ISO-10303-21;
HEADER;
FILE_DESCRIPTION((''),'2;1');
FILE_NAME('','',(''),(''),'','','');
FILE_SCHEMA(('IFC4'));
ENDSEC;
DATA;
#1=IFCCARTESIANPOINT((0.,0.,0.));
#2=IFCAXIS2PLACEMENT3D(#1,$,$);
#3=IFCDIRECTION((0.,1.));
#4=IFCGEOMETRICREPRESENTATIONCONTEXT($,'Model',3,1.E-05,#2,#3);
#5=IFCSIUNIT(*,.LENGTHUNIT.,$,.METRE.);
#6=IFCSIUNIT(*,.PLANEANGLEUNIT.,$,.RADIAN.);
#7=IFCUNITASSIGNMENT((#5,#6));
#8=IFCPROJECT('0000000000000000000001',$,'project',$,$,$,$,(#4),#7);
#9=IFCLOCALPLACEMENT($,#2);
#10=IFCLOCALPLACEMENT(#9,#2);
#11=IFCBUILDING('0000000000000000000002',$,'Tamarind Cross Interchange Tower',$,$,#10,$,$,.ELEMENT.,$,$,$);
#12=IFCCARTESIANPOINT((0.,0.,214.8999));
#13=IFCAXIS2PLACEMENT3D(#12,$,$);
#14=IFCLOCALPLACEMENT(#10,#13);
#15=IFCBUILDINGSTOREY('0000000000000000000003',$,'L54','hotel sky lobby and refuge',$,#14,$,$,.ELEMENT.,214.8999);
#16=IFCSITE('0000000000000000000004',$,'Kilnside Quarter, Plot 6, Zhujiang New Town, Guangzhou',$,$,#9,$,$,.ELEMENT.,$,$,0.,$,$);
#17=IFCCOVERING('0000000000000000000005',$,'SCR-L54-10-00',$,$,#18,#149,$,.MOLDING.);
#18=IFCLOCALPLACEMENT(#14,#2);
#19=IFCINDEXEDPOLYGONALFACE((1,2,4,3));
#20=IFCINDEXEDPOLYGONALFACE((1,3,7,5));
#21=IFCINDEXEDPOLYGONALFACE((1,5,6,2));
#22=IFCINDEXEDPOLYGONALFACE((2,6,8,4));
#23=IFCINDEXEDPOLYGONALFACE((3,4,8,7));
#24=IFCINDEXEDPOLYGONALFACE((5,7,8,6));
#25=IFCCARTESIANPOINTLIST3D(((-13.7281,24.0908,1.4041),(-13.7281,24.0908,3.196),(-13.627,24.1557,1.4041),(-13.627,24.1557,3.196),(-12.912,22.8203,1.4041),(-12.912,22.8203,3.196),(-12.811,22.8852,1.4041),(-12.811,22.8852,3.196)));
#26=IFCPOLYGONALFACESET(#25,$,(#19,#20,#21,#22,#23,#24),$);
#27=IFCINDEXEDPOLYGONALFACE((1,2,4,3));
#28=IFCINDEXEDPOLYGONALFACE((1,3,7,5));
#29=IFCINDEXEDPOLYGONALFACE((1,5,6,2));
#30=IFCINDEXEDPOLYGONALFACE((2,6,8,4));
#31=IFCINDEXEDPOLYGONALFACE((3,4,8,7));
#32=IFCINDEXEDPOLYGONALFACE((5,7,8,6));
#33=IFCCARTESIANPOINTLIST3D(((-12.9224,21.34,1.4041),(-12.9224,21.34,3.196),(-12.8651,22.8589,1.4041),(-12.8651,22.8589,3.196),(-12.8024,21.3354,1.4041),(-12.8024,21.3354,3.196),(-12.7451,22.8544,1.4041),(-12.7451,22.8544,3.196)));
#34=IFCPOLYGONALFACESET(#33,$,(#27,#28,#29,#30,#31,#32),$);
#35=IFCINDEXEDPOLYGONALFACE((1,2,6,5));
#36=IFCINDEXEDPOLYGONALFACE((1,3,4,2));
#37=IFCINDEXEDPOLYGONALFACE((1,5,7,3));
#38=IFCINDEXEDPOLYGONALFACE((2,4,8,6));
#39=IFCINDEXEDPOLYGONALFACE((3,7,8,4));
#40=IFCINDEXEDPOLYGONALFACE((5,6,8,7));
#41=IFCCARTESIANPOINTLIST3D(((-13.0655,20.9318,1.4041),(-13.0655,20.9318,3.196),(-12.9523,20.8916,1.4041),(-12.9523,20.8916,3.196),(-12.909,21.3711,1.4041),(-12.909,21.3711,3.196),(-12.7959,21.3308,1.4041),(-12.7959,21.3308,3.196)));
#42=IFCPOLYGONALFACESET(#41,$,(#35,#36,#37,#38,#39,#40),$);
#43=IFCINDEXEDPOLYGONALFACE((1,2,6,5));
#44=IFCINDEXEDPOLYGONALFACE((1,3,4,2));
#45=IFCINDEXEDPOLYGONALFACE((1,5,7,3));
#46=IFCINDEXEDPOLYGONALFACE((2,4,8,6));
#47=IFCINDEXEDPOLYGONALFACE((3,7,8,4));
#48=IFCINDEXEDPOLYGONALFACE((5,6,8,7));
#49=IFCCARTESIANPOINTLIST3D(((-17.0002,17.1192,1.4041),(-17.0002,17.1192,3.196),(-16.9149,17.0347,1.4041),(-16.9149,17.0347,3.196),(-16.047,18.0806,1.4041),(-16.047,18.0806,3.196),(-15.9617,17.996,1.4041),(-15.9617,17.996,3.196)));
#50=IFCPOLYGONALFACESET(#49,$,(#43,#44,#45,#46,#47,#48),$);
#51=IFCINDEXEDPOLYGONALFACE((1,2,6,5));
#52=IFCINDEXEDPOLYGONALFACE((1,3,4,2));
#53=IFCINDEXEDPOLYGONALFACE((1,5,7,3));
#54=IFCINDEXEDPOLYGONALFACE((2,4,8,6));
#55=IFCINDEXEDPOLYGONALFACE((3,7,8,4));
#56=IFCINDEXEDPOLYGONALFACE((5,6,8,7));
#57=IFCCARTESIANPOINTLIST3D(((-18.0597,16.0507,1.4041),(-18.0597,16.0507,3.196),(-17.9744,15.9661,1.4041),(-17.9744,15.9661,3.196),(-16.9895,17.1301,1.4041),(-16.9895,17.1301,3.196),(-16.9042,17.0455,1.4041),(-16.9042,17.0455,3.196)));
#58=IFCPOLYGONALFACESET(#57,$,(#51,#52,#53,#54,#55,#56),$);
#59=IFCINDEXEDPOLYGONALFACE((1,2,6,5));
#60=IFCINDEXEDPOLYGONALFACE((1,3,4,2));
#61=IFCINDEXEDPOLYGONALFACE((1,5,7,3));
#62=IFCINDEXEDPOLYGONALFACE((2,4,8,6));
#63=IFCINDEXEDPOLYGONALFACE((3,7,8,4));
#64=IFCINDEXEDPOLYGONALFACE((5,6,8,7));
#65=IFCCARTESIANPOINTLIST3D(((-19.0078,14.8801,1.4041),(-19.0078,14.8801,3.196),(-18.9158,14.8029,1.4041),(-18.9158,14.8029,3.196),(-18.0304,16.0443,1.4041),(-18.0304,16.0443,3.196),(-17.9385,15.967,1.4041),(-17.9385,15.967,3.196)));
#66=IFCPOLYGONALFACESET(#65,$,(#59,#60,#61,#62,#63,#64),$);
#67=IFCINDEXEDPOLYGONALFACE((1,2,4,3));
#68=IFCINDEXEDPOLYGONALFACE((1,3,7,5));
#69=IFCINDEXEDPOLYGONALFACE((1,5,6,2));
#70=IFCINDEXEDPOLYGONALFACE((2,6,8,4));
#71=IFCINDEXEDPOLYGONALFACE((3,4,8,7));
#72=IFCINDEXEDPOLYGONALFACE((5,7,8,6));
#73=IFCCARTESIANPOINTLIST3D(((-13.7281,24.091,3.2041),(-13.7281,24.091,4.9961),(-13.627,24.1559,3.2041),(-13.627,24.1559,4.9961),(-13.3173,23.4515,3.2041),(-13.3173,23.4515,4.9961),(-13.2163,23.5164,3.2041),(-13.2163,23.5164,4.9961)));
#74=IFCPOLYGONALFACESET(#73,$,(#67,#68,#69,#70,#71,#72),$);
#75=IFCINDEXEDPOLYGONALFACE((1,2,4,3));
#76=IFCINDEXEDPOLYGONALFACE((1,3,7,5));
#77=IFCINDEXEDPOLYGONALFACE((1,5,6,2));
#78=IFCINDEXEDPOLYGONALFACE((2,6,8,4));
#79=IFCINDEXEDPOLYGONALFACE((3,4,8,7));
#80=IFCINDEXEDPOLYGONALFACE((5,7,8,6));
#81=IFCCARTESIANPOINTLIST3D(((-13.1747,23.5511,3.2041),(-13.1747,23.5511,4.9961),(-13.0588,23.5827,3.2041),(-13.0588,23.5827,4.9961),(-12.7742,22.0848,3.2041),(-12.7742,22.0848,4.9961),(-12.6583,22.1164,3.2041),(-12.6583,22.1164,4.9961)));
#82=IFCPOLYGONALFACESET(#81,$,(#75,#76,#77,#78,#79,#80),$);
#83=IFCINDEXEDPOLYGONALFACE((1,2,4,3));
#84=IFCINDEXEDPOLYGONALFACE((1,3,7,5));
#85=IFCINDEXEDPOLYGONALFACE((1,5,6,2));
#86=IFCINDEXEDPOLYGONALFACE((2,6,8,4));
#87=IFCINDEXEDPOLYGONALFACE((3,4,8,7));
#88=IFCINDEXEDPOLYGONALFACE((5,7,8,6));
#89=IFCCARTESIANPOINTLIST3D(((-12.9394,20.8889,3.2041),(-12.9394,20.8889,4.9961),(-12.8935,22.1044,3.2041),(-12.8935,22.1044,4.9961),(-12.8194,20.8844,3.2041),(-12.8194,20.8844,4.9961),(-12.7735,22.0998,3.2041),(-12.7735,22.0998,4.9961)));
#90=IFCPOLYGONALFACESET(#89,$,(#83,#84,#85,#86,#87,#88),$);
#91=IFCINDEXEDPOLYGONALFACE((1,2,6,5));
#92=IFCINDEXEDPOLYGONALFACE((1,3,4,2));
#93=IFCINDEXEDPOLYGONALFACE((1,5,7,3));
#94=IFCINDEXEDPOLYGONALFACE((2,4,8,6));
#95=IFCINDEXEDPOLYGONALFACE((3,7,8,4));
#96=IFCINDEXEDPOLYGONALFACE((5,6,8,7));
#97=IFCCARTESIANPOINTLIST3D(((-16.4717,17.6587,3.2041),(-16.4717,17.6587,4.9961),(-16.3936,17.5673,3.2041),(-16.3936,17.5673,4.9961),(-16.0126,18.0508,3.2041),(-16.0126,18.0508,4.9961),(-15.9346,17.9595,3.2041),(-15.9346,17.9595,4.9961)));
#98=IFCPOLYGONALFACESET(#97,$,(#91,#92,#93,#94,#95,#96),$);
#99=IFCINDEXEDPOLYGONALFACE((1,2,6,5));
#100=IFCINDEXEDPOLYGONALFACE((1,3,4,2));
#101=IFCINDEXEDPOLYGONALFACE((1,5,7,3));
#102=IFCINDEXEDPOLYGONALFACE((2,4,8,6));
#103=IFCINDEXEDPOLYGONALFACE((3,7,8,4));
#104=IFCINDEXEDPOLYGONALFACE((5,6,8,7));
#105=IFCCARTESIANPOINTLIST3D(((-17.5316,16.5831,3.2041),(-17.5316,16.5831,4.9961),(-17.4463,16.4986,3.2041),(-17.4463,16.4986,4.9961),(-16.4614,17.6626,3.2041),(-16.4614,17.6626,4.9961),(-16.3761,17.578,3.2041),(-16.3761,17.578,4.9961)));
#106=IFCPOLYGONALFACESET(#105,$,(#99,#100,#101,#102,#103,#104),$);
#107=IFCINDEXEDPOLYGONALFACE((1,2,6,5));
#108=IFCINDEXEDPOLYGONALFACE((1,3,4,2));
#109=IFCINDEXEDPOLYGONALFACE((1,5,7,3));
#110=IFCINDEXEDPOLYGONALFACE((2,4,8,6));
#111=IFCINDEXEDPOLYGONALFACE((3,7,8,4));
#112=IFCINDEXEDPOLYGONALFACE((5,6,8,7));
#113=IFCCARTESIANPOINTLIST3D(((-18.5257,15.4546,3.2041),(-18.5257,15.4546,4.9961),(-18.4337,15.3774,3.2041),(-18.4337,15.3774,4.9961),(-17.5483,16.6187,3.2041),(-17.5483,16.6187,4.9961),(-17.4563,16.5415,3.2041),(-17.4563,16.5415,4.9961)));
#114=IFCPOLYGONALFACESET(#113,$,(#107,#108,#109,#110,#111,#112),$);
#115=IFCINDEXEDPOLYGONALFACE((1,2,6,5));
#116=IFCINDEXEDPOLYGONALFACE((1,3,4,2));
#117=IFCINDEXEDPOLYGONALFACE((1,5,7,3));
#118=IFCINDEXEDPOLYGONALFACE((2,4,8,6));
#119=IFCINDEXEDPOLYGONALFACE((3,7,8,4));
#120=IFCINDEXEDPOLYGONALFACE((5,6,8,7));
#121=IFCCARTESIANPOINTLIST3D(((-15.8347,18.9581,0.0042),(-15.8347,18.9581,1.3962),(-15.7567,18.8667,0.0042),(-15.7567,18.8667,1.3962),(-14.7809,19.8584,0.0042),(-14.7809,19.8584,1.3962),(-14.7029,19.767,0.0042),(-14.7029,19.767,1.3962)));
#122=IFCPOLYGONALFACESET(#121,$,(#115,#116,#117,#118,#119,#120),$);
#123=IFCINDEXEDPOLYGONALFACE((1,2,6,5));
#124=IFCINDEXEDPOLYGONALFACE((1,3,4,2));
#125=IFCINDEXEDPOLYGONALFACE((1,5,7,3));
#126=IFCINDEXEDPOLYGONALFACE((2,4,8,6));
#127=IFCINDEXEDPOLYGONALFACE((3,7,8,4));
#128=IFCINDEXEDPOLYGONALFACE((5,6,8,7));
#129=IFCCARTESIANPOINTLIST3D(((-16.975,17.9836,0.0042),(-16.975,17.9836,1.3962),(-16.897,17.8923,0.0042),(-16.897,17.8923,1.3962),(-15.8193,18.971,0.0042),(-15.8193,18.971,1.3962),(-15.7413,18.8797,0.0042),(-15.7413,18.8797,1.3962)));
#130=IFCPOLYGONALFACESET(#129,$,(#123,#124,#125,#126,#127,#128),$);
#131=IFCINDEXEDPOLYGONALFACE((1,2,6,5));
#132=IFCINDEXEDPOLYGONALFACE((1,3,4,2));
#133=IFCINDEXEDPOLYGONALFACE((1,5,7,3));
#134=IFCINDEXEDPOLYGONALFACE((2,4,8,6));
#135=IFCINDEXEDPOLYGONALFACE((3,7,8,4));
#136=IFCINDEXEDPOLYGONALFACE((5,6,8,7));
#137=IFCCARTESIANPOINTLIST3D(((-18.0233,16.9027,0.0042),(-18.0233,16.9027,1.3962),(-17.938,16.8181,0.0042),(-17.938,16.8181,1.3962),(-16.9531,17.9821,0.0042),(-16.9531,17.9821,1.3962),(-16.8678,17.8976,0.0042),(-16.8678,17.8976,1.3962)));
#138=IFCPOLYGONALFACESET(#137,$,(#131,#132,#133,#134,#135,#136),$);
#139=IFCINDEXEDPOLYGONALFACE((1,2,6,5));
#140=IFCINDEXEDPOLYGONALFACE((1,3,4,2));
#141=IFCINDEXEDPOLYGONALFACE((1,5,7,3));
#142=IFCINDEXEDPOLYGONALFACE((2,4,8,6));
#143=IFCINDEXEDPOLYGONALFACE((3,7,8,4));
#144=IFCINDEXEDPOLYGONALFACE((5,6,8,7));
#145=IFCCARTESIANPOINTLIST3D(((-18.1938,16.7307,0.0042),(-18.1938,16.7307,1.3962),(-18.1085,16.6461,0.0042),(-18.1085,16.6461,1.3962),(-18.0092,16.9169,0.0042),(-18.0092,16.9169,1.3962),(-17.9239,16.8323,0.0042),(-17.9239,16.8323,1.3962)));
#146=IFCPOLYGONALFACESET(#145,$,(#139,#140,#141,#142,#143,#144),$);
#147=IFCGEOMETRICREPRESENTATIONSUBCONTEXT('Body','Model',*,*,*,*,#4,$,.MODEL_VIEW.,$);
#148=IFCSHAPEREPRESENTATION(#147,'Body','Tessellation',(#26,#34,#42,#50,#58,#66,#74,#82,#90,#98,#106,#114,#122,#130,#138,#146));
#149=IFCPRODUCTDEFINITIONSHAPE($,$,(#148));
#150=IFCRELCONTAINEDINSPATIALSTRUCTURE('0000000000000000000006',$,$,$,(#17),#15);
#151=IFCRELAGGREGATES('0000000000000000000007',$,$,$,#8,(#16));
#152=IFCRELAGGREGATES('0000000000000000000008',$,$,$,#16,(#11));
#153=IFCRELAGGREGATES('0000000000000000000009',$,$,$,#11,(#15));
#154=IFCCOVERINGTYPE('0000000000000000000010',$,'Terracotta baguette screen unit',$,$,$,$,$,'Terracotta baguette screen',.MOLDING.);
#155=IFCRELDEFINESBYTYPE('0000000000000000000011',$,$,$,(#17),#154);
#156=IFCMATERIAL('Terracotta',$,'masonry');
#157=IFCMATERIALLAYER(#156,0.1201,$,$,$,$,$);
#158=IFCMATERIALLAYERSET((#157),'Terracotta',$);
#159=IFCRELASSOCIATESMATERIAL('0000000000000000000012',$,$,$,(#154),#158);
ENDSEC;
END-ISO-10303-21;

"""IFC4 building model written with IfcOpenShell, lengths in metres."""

from ifc_helpers import new_model, si_unit, direction, frame, origin, origin_2d, place, context, subcontext, project, spatial, rectangle, extrude, material, layer, layer_set, type_object, element, save


model = new_model("IFC4")

# Units and contexts
model_context = context("Model", 3, precision=1e-05, world=origin(), true_north=direction((0.0, 1.0)))
body_context = subcontext(model_context, "Body", "Model", "MODEL_VIEW")
ifc_project = project(units=[si_unit("LENGTHUNIT", "METRE"), si_unit("PLANEANGLEUNIT", "RADIAN")], contexts=[model_context])

# Site, building, storey
site_placement = place(None, origin())
site = spatial("IfcSite", under=ifc_project, at=site_placement, Name="Kilnside Quarter, Plot 6, Zhujiang New Town, Guangzhou", CompositionType="ELEMENT", RefElevation=0.0)
building_placement = place(site_placement, origin())
building = spatial("IfcBuilding", under=site, at=building_placement, Name="Tamarind Cross Interchange Tower", CompositionType="ELEMENT")
storey_placement = place(building_placement, frame((0.0, 0.0, 214.8999)))
storey = spatial("IfcBuildingStorey", under=building, at=storey_placement, Name="L54", Description="hotel sky lobby and refuge", CompositionType="ELEMENT", Elevation=214.8999)

# Covering
ifc_material_1 = material(Name="Terracotta", Category="masonry")
ifc_layer_1 = layer(ifc_material_1, 0.1201)
ifc_layer_set_1 = layer_set([ifc_layer_1], Name="Terracotta")
covering_type = type_object("IfcCoveringType", Name="Terracotta baguette screen unit", ElementType="Terracotta baguette screen", PredefinedType="MOLDING", material=ifc_layer_set_1)
covering_1_placement = place(storey_placement, origin())
element("IfcCovering", 1, at=covering_1_placement, inside=storey, type_object=covering_type, Name="SCR-L54-10-00", PredefinedType="MOLDING", context=body_context, shape_type="SweptSolid", body=[
    extrude(rectangle(XDim=1.51, YDim=0.1201, at=origin_2d()), frame((-13.2695, 23.488, 1.4041), z_axis=(0.0, 0.0, 1.0), x_axis=(0.540432, -0.841388, 0.0)), (0.0, 0.0, 1.0), 1.792),
    extrude(rectangle(XDim=1.52, YDim=0.1201, at=origin_2d()), frame((-12.8337, 22.0972, 1.4041), z_axis=(0.0, 0.0, 1.0), x_axis=(-0.037719, -0.999288, 0.0)), (0.0, 0.0, 1.0), 1.792),
    extrude(rectangle(XDim=0.4663, YDim=0.1201, at=origin_2d()), frame((-12.9307, 21.1313, 1.4041), z_axis=(0.0, 0.0, 1.0), x_axis=(-0.335435, -0.942063, 0.0)), (0.0, 0.0, 1.0), 1.792),
    extrude(rectangle(XDim=1.3538, YDim=0.1201, at=origin_2d()), frame((-16.481, 17.5576, 1.4041), z_axis=(0.0, 0.0, 1.0), x_axis=(-0.704057, -0.710143, 0.0)), (0.0, 0.0, 1.0), 1.792),
    extrude(rectangle(XDim=1.52, YDim=0.1201, at=origin_2d()), frame((-17.4819, 16.5481, 1.4041), z_axis=(0.0, 0.0, 1.0), x_axis=(-0.704057, -0.710143, 0.0)), (0.0, 0.0, 1.0), 1.792),
    extrude(rectangle(XDim=1.52, YDim=0.1201, at=origin_2d()), frame((-18.4731, 15.4236, 1.4041), z_axis=(0.0, 0.0, 1.0), x_axis=(-0.643009, -0.765858, 0.0)), (0.0, 0.0, 1.0), 1.792),
    extrude(rectangle(XDim=0.76, YDim=0.1201, at=origin_2d()), frame((-13.4722, 23.8037, 3.2041), z_axis=(0.0, 0.0, 1.0), x_axis=(0.540432, -0.841388, 0.0)), (0.0, 0.0, 1.0), 1.792),
    extrude(rectangle(XDim=1.52, YDim=0.1201, at=origin_2d()), frame((-12.9165, 22.8337, 3.2041), z_axis=(0.0, 0.0, 1.0), x_axis=(0.263464, -0.964669, 0.0)), (0.0, 0.0, 1.0), 1.792),
    extrude(rectangle(XDim=1.2163, YDim=0.1201, at=origin_2d()), frame((-12.8564, 21.4944, 3.2041), z_axis=(0.0, 0.0, 1.0), x_axis=(-0.037719, -0.999288, 0.0)), (0.0, 0.0, 1.0), 1.792),
    extrude(rectangle(XDim=0.6038, YDim=0.1201, at=origin_2d()), frame((-16.2031, 17.8091, 3.2041), z_axis=(0.0, 0.0, 1.0), x_axis=(-0.760296, -0.649577, 0.0)), (0.0, 0.0, 1.0), 1.792),
    extrude(rectangle(XDim=1.52, YDim=0.1201, at=origin_2d()), frame((-16.9539, 17.0806, 3.2041), z_axis=(0.0, 0.0, 1.0), x_axis=(-0.704057, -0.710143, 0.0)), (0.0, 0.0, 1.0), 1.792),
    extrude(rectangle(XDim=1.52, YDim=0.1201, at=origin_2d()), frame((-17.991, 15.998, 3.2041), z_axis=(0.0, 0.0, 1.0), x_axis=(-0.643009, -0.765858, 0.0)), (0.0, 0.0, 1.0), 1.792),
    extrude(rectangle(XDim=1.386, YDim=0.1201, at=origin_2d()), frame((-15.2688, 19.3625, 0.0042), z_axis=(0.0, 0.0, 1.0), x_axis=(-0.760296, -0.649577, 0.0)), (0.0, 0.0, 1.0), 1.3921),
    extrude(rectangle(XDim=1.52, YDim=0.1201, at=origin_2d()), frame((-16.3582, 18.4316, 0.0042), z_axis=(0.0, 0.0, 1.0), x_axis=(-0.760296, -0.649577, 0.0)), (0.0, 0.0, 1.0), 1.3921),
    extrude(rectangle(XDim=1.52, YDim=0.1201, at=origin_2d()), frame((-17.4456, 17.4001, 0.0042), z_axis=(0.0, 0.0, 1.0), x_axis=(-0.704057, -0.710143, 0.0)), (0.0, 0.0, 1.0), 1.3921),
    extrude(rectangle(XDim=0.2622, YDim=0.1201, at=origin_2d()), frame((-18.0588, 16.7815, 0.0042), z_axis=(0.0, 0.0, 1.0), x_axis=(-0.704057, -0.710143, 0.0)), (0.0, 0.0, 1.0), 1.3921),
])

save(model, "model.ifc")
